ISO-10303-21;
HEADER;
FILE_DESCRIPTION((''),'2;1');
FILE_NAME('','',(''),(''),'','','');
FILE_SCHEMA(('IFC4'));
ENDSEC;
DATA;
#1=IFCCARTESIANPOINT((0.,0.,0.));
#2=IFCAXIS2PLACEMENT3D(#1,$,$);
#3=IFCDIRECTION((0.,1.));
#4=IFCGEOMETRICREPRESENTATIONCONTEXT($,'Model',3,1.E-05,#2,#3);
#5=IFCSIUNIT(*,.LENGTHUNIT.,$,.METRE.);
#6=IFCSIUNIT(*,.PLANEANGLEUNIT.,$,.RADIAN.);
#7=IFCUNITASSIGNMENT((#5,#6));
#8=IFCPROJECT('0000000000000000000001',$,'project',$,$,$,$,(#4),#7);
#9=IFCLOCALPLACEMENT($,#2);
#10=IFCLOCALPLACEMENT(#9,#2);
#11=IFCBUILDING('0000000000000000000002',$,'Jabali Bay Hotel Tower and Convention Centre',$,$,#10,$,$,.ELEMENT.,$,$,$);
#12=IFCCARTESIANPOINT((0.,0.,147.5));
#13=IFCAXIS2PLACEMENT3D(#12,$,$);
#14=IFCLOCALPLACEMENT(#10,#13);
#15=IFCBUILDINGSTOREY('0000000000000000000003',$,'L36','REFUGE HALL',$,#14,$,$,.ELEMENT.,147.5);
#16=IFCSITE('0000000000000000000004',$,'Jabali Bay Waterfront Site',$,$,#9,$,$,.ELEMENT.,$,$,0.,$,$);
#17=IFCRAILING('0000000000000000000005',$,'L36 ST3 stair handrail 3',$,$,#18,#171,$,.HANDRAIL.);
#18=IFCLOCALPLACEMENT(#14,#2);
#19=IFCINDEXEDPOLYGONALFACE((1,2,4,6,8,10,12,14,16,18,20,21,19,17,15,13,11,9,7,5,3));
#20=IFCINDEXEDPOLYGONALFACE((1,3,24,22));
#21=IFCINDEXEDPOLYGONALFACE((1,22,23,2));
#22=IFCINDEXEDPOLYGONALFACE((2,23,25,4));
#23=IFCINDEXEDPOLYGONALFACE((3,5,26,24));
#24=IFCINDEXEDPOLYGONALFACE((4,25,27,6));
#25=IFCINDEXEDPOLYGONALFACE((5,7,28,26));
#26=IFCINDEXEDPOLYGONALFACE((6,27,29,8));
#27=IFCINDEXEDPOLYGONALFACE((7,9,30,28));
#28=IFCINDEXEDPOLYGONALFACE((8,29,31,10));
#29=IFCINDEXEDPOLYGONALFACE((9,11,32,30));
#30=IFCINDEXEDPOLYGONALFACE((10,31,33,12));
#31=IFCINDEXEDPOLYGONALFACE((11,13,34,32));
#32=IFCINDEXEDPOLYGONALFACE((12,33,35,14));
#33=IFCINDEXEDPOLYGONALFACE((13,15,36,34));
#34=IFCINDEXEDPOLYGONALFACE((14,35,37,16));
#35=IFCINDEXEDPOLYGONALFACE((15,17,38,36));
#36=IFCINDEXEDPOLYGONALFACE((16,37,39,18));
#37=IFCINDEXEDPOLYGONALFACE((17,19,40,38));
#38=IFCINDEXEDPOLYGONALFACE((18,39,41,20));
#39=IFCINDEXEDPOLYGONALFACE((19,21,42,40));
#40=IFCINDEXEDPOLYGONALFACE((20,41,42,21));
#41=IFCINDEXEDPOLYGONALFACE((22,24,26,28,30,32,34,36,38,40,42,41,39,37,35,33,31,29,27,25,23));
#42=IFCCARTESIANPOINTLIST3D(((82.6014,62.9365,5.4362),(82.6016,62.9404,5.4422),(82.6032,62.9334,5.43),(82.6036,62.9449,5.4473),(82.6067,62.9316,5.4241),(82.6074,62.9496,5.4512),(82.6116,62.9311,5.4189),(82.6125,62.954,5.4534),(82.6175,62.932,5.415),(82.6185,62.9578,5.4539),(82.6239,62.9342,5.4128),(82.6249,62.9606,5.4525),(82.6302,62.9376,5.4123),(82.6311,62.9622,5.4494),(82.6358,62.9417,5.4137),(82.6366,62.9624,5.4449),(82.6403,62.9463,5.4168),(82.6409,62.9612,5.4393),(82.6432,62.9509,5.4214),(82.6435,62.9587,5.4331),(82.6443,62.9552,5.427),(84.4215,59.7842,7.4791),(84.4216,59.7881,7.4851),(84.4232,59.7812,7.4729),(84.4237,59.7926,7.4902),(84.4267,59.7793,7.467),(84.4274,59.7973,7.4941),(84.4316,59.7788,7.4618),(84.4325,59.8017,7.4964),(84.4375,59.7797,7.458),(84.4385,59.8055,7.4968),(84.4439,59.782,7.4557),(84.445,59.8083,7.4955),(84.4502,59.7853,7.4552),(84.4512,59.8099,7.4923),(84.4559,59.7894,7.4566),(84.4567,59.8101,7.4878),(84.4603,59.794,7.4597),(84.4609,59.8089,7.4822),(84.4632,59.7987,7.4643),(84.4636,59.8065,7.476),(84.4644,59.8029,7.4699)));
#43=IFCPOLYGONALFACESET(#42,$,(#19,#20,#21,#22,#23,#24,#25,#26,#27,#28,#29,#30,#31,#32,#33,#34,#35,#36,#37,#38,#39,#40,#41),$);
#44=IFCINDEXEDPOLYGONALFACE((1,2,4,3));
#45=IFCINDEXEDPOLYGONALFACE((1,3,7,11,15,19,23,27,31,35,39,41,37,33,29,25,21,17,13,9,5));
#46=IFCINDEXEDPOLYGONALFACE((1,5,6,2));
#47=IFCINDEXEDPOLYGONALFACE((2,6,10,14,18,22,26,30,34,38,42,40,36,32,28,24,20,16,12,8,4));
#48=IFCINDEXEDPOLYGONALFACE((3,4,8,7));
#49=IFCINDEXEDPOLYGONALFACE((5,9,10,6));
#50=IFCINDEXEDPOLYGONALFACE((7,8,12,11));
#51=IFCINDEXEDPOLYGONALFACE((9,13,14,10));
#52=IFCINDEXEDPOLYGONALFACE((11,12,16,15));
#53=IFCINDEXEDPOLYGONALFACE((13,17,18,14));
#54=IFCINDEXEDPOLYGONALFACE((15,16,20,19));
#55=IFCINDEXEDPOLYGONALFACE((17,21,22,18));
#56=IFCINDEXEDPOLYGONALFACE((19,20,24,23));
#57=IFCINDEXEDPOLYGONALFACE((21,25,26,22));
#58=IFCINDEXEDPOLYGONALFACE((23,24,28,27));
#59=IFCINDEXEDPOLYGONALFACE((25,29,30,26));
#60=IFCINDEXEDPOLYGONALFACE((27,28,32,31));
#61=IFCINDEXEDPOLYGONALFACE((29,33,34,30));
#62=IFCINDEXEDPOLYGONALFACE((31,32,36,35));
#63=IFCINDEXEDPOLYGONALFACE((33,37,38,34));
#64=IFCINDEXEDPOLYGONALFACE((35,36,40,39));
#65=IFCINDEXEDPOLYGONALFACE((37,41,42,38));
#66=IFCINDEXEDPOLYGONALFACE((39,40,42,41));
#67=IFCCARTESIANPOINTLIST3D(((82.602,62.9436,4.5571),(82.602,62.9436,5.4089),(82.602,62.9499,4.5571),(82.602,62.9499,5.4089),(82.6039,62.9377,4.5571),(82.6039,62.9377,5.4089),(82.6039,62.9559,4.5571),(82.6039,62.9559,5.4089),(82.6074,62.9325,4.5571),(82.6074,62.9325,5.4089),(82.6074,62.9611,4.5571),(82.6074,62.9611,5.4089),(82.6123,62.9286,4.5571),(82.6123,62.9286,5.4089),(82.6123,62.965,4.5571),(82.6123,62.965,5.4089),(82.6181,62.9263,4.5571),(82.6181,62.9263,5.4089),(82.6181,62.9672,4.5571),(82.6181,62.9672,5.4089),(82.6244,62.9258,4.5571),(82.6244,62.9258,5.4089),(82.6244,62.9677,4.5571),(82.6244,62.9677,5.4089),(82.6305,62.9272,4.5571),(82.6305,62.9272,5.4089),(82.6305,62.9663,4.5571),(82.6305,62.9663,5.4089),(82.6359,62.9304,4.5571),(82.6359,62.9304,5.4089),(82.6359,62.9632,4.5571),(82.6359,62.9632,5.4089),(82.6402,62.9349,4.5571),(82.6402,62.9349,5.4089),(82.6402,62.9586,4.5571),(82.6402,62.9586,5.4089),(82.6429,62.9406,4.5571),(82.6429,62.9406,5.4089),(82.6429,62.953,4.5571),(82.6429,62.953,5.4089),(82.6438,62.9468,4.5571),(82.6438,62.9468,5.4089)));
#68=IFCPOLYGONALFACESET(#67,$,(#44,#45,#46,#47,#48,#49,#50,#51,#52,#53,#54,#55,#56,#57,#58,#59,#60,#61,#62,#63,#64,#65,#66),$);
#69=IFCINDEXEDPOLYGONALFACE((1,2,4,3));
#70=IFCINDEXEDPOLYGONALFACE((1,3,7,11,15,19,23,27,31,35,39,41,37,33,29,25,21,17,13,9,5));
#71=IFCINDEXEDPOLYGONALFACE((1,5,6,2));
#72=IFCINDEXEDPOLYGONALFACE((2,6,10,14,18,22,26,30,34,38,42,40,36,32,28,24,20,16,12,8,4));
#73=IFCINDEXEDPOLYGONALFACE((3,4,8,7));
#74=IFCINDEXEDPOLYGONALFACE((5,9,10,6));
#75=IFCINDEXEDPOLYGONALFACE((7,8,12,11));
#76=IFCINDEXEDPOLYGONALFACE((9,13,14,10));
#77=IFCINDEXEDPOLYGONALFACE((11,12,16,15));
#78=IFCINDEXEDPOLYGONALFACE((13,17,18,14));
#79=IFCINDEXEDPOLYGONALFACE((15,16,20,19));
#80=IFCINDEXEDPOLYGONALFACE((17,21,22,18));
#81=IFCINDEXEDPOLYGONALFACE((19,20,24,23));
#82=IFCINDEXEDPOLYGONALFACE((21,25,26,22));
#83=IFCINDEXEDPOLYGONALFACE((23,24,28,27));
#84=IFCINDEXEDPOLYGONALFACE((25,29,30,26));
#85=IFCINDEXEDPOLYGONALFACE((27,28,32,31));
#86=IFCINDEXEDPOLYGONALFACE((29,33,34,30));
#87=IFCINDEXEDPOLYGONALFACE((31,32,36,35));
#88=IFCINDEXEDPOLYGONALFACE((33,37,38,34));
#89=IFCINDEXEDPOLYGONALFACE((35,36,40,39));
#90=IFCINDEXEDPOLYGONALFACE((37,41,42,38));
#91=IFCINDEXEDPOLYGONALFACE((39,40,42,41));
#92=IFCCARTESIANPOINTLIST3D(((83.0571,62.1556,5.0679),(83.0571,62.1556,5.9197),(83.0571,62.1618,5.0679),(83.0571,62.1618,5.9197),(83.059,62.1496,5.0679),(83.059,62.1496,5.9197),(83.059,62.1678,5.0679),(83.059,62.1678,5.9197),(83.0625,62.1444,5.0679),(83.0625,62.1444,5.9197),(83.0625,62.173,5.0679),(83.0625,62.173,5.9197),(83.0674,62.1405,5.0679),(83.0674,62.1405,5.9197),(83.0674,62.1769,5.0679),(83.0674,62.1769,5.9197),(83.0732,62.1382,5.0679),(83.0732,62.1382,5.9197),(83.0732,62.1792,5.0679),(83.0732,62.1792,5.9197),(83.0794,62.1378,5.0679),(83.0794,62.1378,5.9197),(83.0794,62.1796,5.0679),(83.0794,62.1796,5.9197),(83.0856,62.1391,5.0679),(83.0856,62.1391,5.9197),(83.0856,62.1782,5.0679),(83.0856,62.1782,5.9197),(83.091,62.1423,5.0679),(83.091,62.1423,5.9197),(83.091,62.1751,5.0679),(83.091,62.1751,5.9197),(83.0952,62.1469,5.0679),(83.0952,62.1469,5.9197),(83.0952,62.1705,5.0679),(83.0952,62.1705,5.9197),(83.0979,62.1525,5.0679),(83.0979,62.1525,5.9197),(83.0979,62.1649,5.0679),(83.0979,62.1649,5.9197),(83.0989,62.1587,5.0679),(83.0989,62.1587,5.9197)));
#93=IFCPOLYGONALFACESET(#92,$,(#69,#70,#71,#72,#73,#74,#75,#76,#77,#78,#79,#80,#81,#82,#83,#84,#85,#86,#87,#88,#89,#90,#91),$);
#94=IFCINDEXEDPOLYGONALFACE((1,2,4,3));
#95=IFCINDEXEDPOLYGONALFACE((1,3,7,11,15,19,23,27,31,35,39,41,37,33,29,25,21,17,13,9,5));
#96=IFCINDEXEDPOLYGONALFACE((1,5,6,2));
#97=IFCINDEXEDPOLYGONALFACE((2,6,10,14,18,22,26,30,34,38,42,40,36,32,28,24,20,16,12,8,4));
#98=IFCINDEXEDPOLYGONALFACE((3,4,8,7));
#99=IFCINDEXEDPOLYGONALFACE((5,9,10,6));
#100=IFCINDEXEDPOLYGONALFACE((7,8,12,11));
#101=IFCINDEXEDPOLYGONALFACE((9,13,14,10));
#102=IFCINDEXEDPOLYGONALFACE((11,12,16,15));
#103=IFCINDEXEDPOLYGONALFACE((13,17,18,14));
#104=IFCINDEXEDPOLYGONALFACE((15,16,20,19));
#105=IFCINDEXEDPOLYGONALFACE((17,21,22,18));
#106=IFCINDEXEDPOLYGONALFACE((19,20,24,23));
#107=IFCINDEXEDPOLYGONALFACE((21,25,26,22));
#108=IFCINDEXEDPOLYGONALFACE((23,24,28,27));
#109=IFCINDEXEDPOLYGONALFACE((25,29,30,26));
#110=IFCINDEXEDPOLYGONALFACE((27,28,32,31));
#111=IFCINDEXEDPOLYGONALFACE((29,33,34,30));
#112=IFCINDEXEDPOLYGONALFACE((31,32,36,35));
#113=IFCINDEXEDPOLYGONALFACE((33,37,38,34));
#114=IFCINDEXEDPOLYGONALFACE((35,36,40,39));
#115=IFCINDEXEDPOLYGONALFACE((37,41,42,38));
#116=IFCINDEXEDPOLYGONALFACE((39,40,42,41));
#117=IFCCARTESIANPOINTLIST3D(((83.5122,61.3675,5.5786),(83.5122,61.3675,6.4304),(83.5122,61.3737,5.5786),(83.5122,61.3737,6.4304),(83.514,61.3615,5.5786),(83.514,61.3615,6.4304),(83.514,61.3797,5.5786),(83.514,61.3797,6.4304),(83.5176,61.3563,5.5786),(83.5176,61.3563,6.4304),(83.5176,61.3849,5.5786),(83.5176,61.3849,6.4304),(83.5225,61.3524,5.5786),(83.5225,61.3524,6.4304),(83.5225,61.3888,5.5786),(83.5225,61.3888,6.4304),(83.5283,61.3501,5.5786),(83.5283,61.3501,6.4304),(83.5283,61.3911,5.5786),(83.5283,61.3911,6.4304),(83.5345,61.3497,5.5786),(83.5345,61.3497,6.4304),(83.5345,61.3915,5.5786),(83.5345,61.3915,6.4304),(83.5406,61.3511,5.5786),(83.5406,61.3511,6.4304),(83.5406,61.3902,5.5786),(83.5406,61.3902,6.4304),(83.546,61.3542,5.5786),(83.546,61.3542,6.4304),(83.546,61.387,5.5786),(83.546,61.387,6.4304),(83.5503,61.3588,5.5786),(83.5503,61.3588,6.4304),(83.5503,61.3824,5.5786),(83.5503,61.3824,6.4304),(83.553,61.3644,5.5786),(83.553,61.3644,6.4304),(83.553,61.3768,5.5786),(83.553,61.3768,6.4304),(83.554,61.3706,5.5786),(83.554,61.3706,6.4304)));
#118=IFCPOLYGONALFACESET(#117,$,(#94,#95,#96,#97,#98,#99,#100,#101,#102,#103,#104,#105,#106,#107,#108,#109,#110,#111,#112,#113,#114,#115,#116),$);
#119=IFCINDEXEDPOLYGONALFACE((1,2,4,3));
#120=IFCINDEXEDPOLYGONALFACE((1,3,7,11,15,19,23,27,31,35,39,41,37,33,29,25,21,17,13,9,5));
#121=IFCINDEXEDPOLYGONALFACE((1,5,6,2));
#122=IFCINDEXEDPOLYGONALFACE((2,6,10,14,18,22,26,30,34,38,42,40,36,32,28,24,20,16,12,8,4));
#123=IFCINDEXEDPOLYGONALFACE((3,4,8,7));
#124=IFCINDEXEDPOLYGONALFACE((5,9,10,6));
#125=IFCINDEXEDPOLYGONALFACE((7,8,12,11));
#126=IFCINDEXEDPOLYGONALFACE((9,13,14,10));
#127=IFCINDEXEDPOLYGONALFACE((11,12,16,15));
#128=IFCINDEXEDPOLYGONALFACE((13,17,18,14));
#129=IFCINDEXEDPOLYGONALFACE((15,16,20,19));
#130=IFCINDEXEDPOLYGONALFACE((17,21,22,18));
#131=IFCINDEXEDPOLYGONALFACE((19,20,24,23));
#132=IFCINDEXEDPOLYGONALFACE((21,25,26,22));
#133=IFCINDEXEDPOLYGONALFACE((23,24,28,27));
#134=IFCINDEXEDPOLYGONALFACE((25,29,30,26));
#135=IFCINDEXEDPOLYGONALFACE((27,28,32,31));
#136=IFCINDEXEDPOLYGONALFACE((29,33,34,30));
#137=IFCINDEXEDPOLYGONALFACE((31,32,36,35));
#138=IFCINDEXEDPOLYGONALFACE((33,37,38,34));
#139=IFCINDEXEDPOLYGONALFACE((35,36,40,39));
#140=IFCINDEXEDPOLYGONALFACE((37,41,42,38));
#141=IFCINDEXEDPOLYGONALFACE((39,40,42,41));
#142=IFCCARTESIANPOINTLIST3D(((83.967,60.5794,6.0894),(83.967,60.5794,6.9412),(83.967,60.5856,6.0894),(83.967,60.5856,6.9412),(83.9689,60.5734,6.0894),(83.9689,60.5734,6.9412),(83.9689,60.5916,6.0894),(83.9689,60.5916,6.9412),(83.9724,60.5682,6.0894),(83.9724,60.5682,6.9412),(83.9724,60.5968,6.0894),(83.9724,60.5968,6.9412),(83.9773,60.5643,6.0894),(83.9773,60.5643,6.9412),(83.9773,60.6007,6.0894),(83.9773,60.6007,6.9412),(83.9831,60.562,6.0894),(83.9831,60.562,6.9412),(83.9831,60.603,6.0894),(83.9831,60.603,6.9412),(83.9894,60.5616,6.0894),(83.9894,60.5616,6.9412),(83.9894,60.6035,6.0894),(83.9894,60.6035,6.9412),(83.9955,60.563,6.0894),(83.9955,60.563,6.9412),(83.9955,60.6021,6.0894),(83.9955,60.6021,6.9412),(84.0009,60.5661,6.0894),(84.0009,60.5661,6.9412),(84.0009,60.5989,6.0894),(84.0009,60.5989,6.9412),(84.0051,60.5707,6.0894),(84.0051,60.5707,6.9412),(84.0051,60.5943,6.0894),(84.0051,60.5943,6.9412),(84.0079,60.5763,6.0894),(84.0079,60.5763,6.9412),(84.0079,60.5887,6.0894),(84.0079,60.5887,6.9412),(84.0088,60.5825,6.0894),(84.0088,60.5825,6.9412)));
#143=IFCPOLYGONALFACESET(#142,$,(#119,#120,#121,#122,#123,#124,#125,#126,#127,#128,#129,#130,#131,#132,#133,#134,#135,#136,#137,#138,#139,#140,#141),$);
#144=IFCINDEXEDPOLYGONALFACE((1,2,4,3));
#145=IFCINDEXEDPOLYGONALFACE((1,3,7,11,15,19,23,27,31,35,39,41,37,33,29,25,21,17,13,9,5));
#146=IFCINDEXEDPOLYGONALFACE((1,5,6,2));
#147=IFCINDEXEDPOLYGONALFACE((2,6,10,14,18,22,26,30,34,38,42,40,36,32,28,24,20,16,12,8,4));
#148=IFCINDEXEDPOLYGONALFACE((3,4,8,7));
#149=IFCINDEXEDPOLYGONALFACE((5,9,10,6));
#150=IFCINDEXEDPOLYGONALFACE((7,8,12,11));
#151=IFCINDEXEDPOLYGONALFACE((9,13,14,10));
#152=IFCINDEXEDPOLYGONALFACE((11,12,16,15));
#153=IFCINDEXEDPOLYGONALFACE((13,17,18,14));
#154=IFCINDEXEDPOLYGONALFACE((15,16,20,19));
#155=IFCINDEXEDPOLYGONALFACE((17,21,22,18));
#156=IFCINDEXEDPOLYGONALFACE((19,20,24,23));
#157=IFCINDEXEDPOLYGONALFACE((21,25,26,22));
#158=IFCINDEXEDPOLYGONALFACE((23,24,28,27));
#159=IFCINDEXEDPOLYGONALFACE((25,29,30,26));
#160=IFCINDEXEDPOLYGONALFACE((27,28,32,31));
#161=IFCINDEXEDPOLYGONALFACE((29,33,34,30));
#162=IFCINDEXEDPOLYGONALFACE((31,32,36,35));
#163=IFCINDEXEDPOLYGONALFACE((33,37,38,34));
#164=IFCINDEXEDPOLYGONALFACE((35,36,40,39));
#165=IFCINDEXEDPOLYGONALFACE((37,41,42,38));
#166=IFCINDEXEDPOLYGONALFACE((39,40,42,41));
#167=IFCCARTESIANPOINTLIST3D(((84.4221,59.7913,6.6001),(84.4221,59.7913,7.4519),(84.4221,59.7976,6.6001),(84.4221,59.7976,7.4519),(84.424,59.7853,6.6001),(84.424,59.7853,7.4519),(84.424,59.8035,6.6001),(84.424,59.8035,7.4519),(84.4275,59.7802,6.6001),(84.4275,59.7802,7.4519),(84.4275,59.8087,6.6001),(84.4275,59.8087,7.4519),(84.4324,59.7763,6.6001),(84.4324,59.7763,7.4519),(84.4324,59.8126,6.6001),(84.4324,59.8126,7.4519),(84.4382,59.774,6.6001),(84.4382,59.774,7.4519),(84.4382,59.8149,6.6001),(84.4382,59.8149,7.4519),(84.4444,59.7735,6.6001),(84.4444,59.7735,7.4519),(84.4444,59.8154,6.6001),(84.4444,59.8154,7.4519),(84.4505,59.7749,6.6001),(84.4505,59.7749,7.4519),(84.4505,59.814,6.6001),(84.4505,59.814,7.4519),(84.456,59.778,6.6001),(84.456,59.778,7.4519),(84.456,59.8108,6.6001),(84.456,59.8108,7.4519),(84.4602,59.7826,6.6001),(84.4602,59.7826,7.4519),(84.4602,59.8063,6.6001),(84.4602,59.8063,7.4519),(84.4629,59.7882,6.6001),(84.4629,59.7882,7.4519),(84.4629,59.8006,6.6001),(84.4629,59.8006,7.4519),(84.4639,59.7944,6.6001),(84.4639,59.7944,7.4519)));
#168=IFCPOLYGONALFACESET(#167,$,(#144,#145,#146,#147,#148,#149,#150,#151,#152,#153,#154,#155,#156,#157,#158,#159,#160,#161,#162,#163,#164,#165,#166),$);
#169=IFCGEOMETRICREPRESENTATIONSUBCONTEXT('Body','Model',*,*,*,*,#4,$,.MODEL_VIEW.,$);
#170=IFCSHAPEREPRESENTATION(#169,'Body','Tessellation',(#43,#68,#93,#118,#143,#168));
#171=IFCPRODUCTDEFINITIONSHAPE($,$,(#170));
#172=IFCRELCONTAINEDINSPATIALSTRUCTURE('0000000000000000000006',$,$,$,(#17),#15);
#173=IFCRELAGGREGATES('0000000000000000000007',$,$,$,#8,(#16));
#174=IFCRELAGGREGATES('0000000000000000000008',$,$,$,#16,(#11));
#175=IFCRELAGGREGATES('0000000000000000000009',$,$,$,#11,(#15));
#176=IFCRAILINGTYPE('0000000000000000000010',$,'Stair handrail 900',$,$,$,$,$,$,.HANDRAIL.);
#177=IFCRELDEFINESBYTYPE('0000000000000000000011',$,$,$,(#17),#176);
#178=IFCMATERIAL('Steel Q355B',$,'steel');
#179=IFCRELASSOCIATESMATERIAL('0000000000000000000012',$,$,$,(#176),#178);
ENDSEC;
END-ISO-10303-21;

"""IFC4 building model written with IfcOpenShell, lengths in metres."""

from ifc_helpers import new_model, si_unit, direction, frame, origin, origin_2d, place, context, subcontext, project, spatial, circle, extrude, material, type_object, element, save


model = new_model("IFC4")

# Units and contexts
model_context = context("Model", 3, precision=1e-05, world=origin(), true_north=direction((0.0, 1.0)))
body_context = subcontext(model_context, "Body", "Model", "MODEL_VIEW")
ifc_project = project(units=[si_unit("LENGTHUNIT", "METRE"), si_unit("PLANEANGLEUNIT", "RADIAN")], contexts=[model_context])

# Site, building, storey
site_placement = place(None, origin())
site = spatial("IfcSite", under=ifc_project, at=site_placement, Name="Jabali Bay Waterfront Site", CompositionType="ELEMENT", RefElevation=0.0)
building_placement = place(site_placement, origin())
building = spatial("IfcBuilding", under=site, at=building_placement, Name="Jabali Bay Hotel Tower and Convention Centre", CompositionType="ELEMENT")
storey_placement = place(building_placement, frame((0.0, 0.0, 147.5)))
storey = spatial("IfcBuildingStorey", under=building, at=storey_placement, Name="L36", Description="REFUGE HALL", CompositionType="ELEMENT", Elevation=147.5)

# Railing
ifc_material_1 = material(Name="Steel Q355B", Category="steel")
railing_type_1 = type_object("IfcRailingType", Name="Stair handrail 900", PredefinedType="HANDRAIL", material=ifc_material_1)
railing_1_placement = place(storey_placement, frame((82.6228, 62.9468, 4.5571)))
element("IfcRailing", 1, at=railing_1_placement, inside=storey, type_object=railing_type_1, Name="L36 ST3 stair handrail 3", PredefinedType="HANDRAIL", context=body_context, shape_type="SweptSolid", body=[
    extrude(circle(Radius=0.0239, at=origin_2d()), frame((0.0, 0.0, 0.876), z_axis=(0.436032, -0.755204, 0.489432), x_axis=(0.866018, 0.500013, 0.0)), (0.0, 0.0, 1.0), 4.1741),
    extrude(circle(Radius=0.021, at=origin_2d()), origin(), (0.0, 0.0, 1.0), 0.8518),
    extrude(circle(Radius=0.021, at=origin_2d()), frame((0.4551, -0.7881, 0.5107)), (0.0, 0.0, 1.0), 0.8518),
    extrude(circle(Radius=0.021, at=origin_2d()), frame((0.9102, -1.5762, 1.0215)), (0.0, 0.0, 1.0), 0.8518),
    extrude(circle(Radius=0.021, at=origin_2d()), frame((1.365, -2.3643, 1.5322)), (0.0, 0.0, 1.0), 0.8518),
    extrude(circle(Radius=0.021, at=origin_2d()), frame((1.8201, -3.1523, 2.043)), (0.0, 0.0, 1.0), 0.8518),
])

save(model, "model.ifc")
